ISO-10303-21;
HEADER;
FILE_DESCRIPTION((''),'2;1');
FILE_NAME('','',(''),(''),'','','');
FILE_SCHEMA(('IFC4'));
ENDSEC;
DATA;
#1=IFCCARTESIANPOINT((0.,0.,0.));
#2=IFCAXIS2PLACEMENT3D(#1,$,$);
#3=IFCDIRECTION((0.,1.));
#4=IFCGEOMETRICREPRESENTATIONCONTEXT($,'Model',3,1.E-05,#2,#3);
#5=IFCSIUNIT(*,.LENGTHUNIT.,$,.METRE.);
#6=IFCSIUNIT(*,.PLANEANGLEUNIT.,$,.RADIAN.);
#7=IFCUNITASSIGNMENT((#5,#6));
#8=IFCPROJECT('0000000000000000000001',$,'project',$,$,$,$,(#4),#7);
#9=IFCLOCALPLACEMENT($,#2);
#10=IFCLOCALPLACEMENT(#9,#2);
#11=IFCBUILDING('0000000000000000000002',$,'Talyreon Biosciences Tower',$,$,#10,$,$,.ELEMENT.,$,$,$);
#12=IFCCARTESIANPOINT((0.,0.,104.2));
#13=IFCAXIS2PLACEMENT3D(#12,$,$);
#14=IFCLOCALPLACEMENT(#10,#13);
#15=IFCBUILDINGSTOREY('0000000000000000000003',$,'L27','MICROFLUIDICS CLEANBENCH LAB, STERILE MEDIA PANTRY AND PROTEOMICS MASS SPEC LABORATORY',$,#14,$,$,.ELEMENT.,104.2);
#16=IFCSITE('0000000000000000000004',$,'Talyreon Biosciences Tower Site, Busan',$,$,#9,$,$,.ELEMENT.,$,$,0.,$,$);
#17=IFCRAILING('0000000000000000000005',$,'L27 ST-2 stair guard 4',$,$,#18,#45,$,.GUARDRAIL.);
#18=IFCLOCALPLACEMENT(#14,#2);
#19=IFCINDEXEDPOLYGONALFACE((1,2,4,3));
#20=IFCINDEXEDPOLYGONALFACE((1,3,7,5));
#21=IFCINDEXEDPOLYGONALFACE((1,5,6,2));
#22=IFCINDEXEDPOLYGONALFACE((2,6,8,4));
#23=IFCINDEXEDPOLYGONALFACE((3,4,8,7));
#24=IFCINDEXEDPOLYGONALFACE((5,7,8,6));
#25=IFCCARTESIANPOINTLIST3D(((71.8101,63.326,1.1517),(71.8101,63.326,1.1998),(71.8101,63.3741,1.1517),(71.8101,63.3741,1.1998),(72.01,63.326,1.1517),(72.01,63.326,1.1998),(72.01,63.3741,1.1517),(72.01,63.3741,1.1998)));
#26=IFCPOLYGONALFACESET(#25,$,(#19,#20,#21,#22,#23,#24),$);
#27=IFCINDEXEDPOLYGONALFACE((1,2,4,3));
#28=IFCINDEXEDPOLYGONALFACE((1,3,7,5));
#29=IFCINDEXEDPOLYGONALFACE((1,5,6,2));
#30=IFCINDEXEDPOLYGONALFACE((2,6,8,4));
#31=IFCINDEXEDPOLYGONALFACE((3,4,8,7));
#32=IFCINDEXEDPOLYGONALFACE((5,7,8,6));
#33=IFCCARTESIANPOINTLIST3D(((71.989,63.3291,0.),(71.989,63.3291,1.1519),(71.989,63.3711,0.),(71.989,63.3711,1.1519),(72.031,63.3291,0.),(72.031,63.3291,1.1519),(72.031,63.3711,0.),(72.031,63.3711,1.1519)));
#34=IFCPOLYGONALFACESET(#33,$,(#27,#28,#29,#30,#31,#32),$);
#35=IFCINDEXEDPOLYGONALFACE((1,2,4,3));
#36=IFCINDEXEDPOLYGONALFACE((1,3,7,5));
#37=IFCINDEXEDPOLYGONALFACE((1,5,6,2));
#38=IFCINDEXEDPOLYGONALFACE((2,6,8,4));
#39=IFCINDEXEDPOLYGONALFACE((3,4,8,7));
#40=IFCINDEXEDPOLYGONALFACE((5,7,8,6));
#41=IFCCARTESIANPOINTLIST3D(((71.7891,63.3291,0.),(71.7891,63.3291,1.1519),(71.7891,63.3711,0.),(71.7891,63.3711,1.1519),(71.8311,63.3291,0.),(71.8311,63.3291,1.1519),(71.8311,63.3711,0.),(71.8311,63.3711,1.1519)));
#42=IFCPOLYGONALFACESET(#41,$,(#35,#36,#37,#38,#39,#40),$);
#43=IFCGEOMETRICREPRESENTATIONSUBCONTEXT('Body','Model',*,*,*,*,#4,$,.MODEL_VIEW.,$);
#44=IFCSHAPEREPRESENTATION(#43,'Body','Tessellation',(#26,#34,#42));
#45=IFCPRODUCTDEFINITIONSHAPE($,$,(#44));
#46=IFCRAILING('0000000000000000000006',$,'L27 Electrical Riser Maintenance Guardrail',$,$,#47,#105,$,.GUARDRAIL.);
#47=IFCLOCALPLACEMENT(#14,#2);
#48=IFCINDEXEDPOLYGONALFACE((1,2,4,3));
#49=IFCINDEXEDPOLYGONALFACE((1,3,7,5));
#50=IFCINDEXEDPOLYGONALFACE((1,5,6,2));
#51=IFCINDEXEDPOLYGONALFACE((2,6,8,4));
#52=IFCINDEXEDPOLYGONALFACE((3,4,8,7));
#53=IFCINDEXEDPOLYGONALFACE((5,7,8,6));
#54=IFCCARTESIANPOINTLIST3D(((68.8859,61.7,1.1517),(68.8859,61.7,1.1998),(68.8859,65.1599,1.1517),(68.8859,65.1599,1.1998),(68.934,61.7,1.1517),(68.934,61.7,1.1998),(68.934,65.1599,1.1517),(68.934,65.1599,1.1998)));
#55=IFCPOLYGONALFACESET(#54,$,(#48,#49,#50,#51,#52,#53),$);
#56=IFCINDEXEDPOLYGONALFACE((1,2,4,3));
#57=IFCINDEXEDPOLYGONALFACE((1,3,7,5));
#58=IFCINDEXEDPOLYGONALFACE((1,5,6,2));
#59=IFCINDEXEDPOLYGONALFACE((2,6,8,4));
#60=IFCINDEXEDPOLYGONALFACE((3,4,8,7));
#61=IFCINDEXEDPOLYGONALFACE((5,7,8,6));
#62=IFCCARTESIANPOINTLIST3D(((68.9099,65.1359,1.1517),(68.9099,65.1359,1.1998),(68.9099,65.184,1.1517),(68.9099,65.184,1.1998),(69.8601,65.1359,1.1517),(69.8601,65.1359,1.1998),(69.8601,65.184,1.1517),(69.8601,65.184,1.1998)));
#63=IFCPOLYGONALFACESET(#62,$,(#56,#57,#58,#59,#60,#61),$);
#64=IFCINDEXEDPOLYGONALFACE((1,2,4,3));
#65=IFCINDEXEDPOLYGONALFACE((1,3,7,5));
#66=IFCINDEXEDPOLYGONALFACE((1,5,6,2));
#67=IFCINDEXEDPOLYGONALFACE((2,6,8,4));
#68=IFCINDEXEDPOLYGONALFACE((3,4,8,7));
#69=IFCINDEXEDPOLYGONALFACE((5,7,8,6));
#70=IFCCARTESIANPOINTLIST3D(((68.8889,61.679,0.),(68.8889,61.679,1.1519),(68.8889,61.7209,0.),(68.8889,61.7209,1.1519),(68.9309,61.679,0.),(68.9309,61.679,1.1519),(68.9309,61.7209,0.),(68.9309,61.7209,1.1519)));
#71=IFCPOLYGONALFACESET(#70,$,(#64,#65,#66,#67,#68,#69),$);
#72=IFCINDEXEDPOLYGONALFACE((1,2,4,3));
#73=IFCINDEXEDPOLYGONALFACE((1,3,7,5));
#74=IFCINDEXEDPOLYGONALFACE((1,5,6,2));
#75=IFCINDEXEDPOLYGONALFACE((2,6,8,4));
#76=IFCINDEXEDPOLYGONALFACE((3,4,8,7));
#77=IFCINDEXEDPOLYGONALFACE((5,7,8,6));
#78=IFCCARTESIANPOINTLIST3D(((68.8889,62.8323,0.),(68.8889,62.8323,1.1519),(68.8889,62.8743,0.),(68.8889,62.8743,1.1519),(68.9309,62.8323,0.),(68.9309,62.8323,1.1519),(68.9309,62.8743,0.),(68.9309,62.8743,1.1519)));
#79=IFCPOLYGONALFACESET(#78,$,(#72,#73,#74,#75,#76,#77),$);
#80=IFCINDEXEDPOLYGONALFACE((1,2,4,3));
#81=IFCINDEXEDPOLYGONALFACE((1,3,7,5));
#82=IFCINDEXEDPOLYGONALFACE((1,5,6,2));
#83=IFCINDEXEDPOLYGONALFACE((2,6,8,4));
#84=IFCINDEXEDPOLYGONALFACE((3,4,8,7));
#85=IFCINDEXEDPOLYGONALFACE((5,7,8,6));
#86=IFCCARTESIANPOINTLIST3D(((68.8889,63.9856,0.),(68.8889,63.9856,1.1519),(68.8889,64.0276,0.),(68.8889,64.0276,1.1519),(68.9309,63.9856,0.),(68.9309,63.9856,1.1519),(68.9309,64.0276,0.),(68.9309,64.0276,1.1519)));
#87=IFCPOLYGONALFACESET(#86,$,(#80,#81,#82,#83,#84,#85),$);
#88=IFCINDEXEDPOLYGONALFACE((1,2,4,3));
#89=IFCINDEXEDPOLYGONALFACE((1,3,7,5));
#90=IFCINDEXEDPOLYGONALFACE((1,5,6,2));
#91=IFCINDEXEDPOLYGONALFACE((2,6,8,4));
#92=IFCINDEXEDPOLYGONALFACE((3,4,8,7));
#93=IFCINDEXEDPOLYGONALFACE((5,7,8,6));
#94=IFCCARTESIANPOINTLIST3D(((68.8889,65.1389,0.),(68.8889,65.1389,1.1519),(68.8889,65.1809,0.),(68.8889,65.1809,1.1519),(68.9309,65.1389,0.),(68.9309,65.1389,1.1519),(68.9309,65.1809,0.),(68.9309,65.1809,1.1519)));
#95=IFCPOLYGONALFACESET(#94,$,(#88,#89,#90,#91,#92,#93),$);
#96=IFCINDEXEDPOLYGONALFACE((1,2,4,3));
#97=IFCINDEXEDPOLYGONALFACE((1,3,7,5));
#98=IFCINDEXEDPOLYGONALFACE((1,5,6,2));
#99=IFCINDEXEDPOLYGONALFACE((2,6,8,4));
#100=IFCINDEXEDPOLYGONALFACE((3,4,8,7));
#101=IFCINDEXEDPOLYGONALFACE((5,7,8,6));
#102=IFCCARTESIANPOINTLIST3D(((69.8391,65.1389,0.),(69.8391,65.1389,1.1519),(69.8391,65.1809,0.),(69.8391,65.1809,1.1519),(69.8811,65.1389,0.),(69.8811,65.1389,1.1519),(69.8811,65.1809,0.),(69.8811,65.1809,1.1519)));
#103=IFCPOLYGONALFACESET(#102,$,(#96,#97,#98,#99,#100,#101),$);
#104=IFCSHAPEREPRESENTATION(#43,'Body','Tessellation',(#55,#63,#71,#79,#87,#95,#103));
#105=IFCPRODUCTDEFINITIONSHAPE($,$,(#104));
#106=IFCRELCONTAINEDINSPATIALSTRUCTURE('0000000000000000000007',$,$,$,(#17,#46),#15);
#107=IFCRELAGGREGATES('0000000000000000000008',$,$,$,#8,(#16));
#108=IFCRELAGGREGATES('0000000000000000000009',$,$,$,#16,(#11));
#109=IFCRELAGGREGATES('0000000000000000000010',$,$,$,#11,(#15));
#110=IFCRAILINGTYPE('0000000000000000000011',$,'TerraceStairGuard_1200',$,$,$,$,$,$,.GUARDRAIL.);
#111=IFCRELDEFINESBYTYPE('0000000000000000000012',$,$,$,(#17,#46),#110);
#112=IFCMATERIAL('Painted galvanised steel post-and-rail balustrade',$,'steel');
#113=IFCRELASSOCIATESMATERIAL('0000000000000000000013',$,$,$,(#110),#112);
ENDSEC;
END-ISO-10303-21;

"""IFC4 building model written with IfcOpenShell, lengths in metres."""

from ifc_helpers import new_model, si_unit, direction, frame, origin, origin_2d, place, context, subcontext, project, spatial, rectangle, extrude, material, type_object, element, save


model = new_model("IFC4")

# Units and contexts
model_context = context("Model", 3, precision=1e-05, world=origin(), true_north=direction((0.0, 1.0)))
body_context = subcontext(model_context, "Body", "Model", "MODEL_VIEW")
ifc_project = project(units=[si_unit("LENGTHUNIT", "METRE"), si_unit("PLANEANGLEUNIT", "RADIAN")], contexts=[model_context])

# Site, building, storey
site_placement = place(None, origin())
site = spatial("IfcSite", under=ifc_project, at=site_placement, Name="Talyreon Biosciences Tower Site, Busan", CompositionType="ELEMENT", RefElevation=0.0)
building_placement = place(site_placement, origin())
building = spatial("IfcBuilding", under=site, at=building_placement, Name="Talyreon Biosciences Tower", CompositionType="ELEMENT")
storey_placement = place(building_placement, frame((0.0, 0.0, 104.2)))
storey = spatial("IfcBuildingStorey", under=building, at=storey_placement, Name="L27", Description="MICROFLUIDICS CLEANBENCH LAB, STERILE MEDIA PANTRY AND PROTEOMICS MASS SPEC LABORATORY", CompositionType="ELEMENT", Elevation=104.2)

# Railings
ifc_material_1 = material(Name="Painted galvanised steel post-and-rail balustrade", Category="steel")
railing_type_1 = type_object("IfcRailingType", Name="TerraceStairGuard_1200", PredefinedType="GUARDRAIL", material=ifc_material_1)
railing_1_placement = place(storey_placement, frame((72.01, 63.3501, 0.0)))
element("IfcRailing", 1, at=railing_1_placement, inside=storey, type_object=railing_type_1, Name="L27 ST-2 stair guard 4", PredefinedType="GUARDRAIL", context=body_context, shape_type="SweptSolid", body=[
    extrude(rectangle(XDim=0.0481, YDim=0.0481, at=origin_2d()), frame((0.0, 0.0, 1.1758), z_axis=(-1.0, 0.0, 0.0), x_axis=(0.0, -1.0, 0.0)), (0.0, 0.0, 1.0), 0.2),
    extrude(rectangle(XDim=0.042, YDim=0.042, at=origin_2d()), origin(), (0.0, 0.0, 1.0), 1.1519),
    extrude(rectangle(XDim=0.042, YDim=0.042, at=origin_2d()), frame((-0.2, 0.0, 0.0)), (0.0, 0.0, 1.0), 1.1519),
])
railing_2_placement = place(storey_placement, frame((68.9099, 61.7, 0.0)))
element("IfcRailing", 2, at=railing_2_placement, inside=storey, type_object=railing_type_1, Name="L27 Electrical Riser Maintenance Guardrail", PredefinedType="GUARDRAIL", context=body_context, shape_type="SweptSolid", body=[
    extrude(rectangle(XDim=0.0481, YDim=0.0481, at=origin_2d()), frame((0.0, 0.0, 1.1758), z_axis=(0.0, 1.0, 0.0), x_axis=(-1.0, 0.0, 0.0)), (0.0, 0.0, 1.0), 3.46),
    extrude(rectangle(XDim=0.0481, YDim=0.0481, at=origin_2d()), frame((0.0, 3.46, 1.1758), z_axis=(1.0, 0.0, 0.0), x_axis=(0.0, 1.0, 0.0)), (0.0, 0.0, 1.0), 0.9502),
    extrude(rectangle(XDim=0.042, YDim=0.042, at=origin_2d()), origin(), (0.0, 0.0, 1.0), 1.1519),
    extrude(rectangle(XDim=0.042, YDim=0.042, at=origin_2d()), frame((0.0, 1.1533, 0.0)), (0.0, 0.0, 1.0), 1.1519),
    extrude(rectangle(XDim=0.042, YDim=0.042, at=origin_2d()), frame((0.0, 2.3066, 0.0)), (0.0, 0.0, 1.0), 1.1519),
    extrude(rectangle(XDim=0.042, YDim=0.042, at=origin_2d()), frame((0.0, 3.46, 0.0)), (0.0, 0.0, 1.0), 1.1519),
    extrude(rectangle(XDim=0.042, YDim=0.042, at=origin_2d()), frame((0.9502, 3.46, 0.0)), (0.0, 0.0, 1.0), 1.1519),
])

save(model, "model.ifc")
